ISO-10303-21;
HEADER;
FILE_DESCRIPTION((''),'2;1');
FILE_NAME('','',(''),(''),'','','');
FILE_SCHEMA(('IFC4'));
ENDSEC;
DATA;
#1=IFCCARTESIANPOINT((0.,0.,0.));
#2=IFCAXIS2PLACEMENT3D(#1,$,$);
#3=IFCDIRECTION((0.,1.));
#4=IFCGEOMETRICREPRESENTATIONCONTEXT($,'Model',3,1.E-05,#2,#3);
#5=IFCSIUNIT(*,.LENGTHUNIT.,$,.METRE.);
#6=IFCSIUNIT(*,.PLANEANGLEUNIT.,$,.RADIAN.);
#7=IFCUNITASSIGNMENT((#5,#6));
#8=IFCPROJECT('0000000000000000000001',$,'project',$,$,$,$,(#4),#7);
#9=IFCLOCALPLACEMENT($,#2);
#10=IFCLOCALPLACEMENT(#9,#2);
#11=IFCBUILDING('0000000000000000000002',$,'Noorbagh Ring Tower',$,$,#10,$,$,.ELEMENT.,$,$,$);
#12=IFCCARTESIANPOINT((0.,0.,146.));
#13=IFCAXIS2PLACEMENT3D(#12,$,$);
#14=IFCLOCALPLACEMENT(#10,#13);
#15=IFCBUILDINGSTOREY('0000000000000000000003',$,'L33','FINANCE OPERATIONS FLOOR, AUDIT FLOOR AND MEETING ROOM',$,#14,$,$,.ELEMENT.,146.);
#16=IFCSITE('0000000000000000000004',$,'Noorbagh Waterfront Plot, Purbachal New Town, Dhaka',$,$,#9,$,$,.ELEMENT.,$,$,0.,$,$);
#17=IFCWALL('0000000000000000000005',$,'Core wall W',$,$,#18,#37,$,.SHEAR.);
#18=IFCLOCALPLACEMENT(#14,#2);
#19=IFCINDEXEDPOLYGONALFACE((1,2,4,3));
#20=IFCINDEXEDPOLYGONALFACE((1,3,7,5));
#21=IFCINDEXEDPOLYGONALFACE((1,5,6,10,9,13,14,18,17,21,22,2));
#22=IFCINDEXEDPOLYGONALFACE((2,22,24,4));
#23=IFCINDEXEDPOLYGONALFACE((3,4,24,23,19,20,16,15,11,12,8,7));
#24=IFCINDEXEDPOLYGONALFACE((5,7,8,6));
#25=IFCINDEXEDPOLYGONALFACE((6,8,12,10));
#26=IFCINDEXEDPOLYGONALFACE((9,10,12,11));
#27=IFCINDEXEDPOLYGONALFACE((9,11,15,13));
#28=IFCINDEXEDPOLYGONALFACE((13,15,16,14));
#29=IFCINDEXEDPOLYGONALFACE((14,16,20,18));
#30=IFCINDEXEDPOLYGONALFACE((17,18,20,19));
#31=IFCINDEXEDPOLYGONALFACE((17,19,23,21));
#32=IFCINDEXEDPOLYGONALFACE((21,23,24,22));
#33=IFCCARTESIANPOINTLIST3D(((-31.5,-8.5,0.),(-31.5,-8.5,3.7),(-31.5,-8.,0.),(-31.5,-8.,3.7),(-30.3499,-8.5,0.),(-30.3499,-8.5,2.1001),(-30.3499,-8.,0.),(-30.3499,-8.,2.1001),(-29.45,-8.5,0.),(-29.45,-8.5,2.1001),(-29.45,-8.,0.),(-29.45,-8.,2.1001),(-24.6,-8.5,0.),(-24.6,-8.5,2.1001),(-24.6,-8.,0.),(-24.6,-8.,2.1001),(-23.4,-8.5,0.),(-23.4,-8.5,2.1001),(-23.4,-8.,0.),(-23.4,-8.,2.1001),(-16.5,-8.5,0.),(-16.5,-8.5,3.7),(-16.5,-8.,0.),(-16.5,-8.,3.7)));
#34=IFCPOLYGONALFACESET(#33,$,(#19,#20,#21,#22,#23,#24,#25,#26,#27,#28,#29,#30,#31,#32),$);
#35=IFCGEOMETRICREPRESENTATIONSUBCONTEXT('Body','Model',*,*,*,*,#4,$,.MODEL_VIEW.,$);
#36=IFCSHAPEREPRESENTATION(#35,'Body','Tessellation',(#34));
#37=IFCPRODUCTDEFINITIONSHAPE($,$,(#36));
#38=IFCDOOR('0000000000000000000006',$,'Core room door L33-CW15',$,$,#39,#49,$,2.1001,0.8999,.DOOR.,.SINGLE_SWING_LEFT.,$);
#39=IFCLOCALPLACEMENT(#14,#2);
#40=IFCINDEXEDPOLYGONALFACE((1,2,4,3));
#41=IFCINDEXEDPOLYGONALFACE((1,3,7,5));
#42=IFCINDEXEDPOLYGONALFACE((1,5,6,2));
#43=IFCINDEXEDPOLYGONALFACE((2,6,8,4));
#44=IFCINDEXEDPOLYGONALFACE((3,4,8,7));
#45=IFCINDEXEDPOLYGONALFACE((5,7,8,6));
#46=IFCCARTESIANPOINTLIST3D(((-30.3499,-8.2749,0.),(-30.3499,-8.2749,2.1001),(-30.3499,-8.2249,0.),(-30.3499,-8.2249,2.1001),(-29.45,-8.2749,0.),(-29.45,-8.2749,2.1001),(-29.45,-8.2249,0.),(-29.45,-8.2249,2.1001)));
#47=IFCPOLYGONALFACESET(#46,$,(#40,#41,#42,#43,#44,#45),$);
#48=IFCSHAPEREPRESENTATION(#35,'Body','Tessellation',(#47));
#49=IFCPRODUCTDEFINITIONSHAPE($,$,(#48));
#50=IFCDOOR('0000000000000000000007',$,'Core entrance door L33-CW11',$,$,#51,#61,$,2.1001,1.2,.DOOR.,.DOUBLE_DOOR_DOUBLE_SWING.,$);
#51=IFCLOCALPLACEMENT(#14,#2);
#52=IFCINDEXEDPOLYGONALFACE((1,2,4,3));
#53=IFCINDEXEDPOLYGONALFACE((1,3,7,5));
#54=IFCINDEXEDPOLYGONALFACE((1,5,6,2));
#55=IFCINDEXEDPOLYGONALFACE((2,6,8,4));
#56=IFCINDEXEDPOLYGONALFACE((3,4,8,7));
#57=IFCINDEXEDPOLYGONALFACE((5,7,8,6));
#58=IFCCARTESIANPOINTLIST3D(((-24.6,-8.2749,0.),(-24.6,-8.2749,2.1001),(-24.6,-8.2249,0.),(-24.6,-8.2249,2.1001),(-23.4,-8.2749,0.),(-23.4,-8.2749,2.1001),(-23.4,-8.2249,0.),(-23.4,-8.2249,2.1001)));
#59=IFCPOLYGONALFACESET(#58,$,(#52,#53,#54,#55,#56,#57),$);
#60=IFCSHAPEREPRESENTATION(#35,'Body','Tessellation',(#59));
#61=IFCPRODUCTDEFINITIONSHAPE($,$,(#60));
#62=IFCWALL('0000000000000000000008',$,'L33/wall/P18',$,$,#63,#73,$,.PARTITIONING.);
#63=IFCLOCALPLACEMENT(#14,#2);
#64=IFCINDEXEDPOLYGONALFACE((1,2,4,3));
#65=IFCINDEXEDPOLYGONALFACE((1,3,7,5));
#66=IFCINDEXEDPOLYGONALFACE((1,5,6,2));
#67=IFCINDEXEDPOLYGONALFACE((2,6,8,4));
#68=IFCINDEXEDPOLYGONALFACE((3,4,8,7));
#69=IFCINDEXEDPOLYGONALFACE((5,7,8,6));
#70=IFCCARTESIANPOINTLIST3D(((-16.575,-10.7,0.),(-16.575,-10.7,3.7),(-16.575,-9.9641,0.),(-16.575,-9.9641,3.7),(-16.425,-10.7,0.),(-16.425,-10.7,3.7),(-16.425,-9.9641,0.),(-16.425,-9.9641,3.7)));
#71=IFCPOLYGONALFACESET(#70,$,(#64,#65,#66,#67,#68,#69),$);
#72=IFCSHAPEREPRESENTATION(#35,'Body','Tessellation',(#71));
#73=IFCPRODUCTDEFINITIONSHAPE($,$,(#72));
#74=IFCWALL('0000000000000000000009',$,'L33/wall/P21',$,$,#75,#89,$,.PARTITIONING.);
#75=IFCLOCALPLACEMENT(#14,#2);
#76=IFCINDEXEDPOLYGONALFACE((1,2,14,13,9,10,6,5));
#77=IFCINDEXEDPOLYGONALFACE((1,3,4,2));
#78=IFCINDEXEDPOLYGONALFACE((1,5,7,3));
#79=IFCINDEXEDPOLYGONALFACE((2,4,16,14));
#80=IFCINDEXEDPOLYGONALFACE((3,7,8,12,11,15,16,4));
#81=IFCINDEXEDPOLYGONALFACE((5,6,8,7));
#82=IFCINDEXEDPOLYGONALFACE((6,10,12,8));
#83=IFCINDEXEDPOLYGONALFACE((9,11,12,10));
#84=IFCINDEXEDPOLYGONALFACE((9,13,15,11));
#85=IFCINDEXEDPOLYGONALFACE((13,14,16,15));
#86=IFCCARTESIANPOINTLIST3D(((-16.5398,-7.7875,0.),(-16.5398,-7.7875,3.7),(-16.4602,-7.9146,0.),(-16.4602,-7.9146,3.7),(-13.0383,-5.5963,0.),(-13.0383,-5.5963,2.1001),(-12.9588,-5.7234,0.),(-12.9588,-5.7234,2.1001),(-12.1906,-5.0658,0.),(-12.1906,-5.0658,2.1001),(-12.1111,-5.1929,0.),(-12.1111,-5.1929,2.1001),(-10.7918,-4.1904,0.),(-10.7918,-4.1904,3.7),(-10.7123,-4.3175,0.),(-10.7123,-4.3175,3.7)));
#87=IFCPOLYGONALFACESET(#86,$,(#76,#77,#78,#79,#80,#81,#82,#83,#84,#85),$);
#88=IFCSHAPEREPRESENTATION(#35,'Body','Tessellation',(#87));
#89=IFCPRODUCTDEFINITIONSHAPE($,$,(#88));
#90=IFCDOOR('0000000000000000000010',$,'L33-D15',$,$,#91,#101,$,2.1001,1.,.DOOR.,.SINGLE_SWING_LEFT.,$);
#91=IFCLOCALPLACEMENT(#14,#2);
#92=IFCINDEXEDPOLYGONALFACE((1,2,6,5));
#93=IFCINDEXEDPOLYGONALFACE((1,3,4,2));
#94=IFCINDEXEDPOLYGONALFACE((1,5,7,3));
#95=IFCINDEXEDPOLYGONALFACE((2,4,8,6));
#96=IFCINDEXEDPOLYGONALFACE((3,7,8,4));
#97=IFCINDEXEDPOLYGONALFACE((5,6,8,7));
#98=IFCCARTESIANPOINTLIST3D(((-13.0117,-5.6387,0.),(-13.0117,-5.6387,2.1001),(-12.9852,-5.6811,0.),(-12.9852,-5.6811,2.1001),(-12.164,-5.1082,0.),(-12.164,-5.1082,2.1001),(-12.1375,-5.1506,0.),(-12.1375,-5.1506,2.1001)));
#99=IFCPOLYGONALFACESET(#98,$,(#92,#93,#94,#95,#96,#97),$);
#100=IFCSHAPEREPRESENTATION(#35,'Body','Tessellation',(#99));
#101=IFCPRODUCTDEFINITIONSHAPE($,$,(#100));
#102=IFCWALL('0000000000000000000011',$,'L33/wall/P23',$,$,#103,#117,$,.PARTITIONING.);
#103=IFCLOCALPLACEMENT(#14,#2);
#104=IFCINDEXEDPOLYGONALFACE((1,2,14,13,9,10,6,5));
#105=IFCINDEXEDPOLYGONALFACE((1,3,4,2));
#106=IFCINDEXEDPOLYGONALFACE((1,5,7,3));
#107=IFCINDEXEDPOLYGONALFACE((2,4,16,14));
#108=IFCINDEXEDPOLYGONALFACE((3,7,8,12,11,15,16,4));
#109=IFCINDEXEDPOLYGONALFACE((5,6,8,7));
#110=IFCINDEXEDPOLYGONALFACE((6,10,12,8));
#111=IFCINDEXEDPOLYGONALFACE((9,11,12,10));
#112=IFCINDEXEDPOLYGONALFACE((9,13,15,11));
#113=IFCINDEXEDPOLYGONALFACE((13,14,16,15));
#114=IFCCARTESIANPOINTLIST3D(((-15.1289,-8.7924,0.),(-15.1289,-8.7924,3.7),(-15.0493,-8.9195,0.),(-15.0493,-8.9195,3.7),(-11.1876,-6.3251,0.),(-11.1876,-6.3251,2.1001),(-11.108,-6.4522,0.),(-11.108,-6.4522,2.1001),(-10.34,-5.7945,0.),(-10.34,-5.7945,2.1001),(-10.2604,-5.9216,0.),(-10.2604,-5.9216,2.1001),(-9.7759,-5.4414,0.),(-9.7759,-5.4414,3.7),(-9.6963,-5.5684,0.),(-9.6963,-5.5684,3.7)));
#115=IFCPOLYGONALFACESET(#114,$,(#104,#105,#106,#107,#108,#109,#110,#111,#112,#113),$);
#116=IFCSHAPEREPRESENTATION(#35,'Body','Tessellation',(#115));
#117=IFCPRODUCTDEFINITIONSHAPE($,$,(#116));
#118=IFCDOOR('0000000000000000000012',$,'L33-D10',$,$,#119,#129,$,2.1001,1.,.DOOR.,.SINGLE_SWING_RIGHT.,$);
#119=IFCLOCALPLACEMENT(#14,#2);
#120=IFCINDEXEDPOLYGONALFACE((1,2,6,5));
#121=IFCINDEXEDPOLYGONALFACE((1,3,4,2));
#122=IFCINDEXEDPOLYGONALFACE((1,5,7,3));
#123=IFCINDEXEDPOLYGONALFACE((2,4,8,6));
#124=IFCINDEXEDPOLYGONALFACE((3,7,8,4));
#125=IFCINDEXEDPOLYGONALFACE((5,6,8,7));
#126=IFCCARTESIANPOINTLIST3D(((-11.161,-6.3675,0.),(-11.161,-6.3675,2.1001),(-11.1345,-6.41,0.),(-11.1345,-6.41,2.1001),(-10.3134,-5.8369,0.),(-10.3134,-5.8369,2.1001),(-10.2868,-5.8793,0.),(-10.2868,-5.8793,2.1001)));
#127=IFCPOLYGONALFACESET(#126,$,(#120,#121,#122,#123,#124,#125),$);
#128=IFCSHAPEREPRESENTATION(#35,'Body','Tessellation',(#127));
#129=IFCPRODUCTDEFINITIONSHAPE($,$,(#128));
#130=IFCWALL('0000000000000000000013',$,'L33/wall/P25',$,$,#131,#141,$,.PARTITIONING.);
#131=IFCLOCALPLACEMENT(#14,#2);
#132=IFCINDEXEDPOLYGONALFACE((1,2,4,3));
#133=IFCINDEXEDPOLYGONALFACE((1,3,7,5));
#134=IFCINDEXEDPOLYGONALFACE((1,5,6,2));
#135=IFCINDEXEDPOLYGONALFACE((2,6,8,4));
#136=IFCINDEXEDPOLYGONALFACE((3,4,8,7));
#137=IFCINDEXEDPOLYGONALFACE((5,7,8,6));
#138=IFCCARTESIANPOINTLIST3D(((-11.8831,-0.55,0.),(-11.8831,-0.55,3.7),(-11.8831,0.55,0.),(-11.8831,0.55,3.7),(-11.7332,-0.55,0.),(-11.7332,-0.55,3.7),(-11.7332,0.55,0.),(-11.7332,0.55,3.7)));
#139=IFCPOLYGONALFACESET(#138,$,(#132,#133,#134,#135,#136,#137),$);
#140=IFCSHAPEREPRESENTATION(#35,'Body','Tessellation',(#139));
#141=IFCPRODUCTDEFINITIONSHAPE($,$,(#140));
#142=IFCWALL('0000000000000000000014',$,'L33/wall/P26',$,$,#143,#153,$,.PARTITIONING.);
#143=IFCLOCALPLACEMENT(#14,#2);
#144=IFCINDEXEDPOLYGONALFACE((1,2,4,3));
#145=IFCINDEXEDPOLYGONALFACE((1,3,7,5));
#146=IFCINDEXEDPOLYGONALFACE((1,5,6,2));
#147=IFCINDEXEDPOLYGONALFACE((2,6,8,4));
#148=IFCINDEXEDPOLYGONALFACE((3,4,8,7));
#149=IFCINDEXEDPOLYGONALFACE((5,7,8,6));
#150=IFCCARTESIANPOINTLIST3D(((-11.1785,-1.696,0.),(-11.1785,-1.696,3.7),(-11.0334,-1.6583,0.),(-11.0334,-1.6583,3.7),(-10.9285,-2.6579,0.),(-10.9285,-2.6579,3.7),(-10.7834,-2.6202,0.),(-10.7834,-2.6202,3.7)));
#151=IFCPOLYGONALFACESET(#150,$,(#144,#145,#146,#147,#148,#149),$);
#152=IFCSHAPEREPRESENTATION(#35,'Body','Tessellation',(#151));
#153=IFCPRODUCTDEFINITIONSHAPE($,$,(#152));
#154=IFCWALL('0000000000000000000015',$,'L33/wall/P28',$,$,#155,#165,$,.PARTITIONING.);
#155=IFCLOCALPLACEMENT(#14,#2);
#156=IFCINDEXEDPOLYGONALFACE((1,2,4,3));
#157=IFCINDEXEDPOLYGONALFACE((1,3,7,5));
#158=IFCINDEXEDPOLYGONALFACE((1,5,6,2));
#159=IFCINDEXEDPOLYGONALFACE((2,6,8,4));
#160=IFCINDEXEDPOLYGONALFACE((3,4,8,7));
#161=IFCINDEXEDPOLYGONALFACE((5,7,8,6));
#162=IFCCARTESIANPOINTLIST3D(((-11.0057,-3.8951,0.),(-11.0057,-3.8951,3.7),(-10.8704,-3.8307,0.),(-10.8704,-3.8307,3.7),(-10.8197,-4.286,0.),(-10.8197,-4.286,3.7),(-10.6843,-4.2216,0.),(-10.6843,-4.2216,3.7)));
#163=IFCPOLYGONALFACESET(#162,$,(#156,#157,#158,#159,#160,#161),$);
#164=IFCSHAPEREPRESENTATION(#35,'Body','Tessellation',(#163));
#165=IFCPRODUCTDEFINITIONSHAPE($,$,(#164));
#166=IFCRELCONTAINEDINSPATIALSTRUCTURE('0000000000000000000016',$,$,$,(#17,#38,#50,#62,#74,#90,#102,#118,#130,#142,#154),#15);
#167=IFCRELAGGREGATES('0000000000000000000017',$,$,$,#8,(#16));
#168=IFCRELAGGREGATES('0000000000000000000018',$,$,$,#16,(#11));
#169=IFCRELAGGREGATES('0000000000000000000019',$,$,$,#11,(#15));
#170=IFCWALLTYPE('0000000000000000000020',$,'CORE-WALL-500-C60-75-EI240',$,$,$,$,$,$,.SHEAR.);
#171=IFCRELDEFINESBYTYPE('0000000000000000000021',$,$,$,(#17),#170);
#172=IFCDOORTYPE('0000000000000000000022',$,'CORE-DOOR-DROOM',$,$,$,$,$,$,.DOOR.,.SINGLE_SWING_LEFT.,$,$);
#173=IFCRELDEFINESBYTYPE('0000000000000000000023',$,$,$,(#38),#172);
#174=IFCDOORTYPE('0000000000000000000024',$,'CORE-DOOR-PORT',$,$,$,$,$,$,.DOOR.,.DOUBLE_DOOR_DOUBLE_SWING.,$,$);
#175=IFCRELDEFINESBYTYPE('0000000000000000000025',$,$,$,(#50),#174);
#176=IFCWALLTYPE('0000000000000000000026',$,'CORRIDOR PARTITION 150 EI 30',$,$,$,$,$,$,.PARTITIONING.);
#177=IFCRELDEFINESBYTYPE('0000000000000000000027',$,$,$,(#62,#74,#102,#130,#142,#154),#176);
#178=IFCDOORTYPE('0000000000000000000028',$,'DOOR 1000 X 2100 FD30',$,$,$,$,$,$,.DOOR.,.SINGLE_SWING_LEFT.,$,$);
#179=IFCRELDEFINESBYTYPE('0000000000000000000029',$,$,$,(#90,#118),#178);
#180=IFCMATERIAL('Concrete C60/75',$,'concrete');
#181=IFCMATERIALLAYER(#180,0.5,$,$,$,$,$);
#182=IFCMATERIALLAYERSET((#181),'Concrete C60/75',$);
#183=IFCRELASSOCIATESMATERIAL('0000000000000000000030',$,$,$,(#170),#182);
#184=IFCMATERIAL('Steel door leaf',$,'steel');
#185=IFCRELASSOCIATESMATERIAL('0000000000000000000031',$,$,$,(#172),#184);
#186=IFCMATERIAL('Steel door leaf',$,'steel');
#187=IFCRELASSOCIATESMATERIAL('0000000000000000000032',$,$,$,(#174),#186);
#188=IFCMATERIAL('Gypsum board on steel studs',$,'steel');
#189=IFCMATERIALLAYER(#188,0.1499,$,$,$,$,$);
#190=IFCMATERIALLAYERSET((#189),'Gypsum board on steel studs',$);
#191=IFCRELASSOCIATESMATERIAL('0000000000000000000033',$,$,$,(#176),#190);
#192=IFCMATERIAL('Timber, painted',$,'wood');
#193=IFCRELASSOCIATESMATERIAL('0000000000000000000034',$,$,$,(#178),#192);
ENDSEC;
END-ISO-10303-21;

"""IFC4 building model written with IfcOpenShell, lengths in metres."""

from ifc_helpers import new_model, si_unit, direction, frame, frame_2d, origin, place, context, subcontext, project, spatial, rectangle, extrude, material, layer, layer_set, type_object, element, fill, save


model = new_model("IFC4")

# Units and contexts
model_context = context("Model", 3, precision=1e-05, world=origin(), true_north=direction((0.0, 1.0)))
body_context = subcontext(model_context, "Body", "Model", "MODEL_VIEW")
ifc_project = project(units=[si_unit("LENGTHUNIT", "METRE"), si_unit("PLANEANGLEUNIT", "RADIAN")], contexts=[model_context])

# Site, building, storey
site_placement = place(None, origin())
site = spatial("IfcSite", under=ifc_project, at=site_placement, Name="Noorbagh Waterfront Plot, Purbachal New Town, Dhaka", CompositionType="ELEMENT", RefElevation=0.0)
building_placement = place(site_placement, origin())
building = spatial("IfcBuilding", under=site, at=building_placement, Name="Noorbagh Ring Tower", CompositionType="ELEMENT")
storey_placement = place(building_placement, frame((0.0, 0.0, 146.0)))
storey = spatial("IfcBuildingStorey", under=building, at=storey_placement, Name="L33", Description="FINANCE OPERATIONS FLOOR, AUDIT FLOOR AND MEETING ROOM", CompositionType="ELEMENT", Elevation=146.0)

# Wall, openings, doors
ifc_material_1 = material(Name="Concrete C60/75", Category="concrete")
ifc_layer_1 = layer(ifc_material_1, 0.5)
ifc_layer_set_1 = layer_set([ifc_layer_1], Name="Concrete C60/75")
wall_type_1 = type_object("IfcWallType", Name="CORE-WALL-500-C60-75-EI240", PredefinedType="SHEAR", material=ifc_layer_set_1)
wall_1_placement = place(storey_placement, frame((-16.5, -8.25, 0.0), z_axis=(0.0, 0.0, 1.0), x_axis=(-1.0, 0.0, 0.0)))
wall_1 = element("IfcWall", 1, at=wall_1_placement, inside=storey, type_object=wall_type_1, Name="Core wall W", PredefinedType="SHEAR", context=body_context, shape_type="SweptSolid", body=[
    extrude(rectangle(XDim=15.0, YDim=0.5, at=frame_2d((7.5, 0.0))), origin(), (0.0, 0.0, 1.0), 3.7),
])
opening_1_placement = place(wall_1_placement, frame((6.8999, 0.0, 0.0)))
opening_1 = element("IfcOpeningElement", 2, at=opening_1_placement, cuts=wall_1, PredefinedType="OPENING", context=body_context, shape_type="SweptSolid", body=[
    extrude(rectangle(XDim=1.2, YDim=2.1001, at=frame_2d((0.6001, 1.05))), frame((0.0, 0.26, 0.0), z_axis=(0.0, -1.0, 0.0), x_axis=(1.0, 0.0, 0.0)), (0.0, 0.0, 1.0), 0.52),
])
opening_2_placement = place(wall_1_placement, frame((12.95, 0.0, 0.0)))
opening_2 = element("IfcOpeningElement", 3, at=opening_2_placement, cuts=wall_1, PredefinedType="OPENING", context=body_context, shape_type="SweptSolid", body=[
    extrude(rectangle(XDim=0.8999, YDim=2.1001, at=frame_2d((0.45, 1.05))), frame((0.0, 0.26, 0.0), z_axis=(0.0, -1.0, 0.0), x_axis=(1.0, 0.0, 0.0)), (0.0, 0.0, 1.0), 0.52),
])
ifc_material_2 = material(Name="Steel door leaf", Category="steel")
door_type_1 = type_object("IfcDoorType", Name="CORE-DOOR-DROOM", OperationType="SINGLE_SWING_LEFT", PredefinedType="DOOR", material=ifc_material_2)
door_1_placement = place(opening_2_placement, origin())
door_1 = element("IfcDoor", 4, at=door_1_placement, inside=storey, type_object=door_type_1, Name="Core room door L33-CW15", OperationType="SINGLE_SWING_LEFT", OverallHeight=2.1001, OverallWidth=0.8999, PredefinedType="DOOR", context=body_context, shape_type="SweptSolid", body=[
    extrude(rectangle(XDim=0.8999, YDim=2.1001, at=frame_2d((0.45, 1.05))), frame((0.0, 0.0249, 0.0), z_axis=(0.0, -1.0, 0.0), x_axis=(1.0, 0.0, 0.0)), (0.0, 0.0, 1.0), 0.05),
])
fill(opening_2, door_1)
ifc_material_3 = material(Name="Steel door leaf", Category="steel")
door_type_2 = type_object("IfcDoorType", Name="CORE-DOOR-PORT", OperationType="DOUBLE_DOOR_DOUBLE_SWING", PredefinedType="DOOR", material=ifc_material_3)
door_2_placement = place(opening_1_placement, origin())
door_2 = element("IfcDoor", 5, at=door_2_placement, inside=storey, type_object=door_type_2, Name="Core entrance door L33-CW11", OperationType="DOUBLE_DOOR_DOUBLE_SWING", OverallHeight=2.1001, OverallWidth=1.2, PredefinedType="DOOR", context=body_context, shape_type="SweptSolid", body=[
    extrude(rectangle(XDim=1.2, YDim=2.1001, at=frame_2d((0.6001, 1.05))), frame((0.0, 0.0249, 0.0), z_axis=(0.0, -1.0, 0.0), x_axis=(1.0, 0.0, 0.0)), (0.0, 0.0, 1.0), 0.05),
])
fill(opening_1, door_2)

# Wall
ifc_material_4 = material(Name="Gypsum board on steel studs", Category="steel")
ifc_layer_2 = layer(ifc_material_4, 0.1499)
ifc_layer_set_2 = layer_set([ifc_layer_2], Name="Gypsum board on steel studs")
wall_type_2 = type_object("IfcWallType", Name="CORRIDOR PARTITION 150 EI 30", PredefinedType="PARTITIONING", material=ifc_layer_set_2)
wall_2_placement = place(storey_placement, frame((-16.5, -10.7, 0.0), z_axis=(0.0, 0.0, 1.0), x_axis=(0.0, 1.0, 0.0)))
element("IfcWall", 6, at=wall_2_placement, inside=storey, type_object=wall_type_2, Name="L33/wall/P18", PredefinedType="PARTITIONING", context=body_context, shape_type="SweptSolid", body=[
    extrude(rectangle(XDim=0.7358, YDim=0.1499, at=frame_2d((0.3679, 0.0))), origin(), (0.0, 0.0, 1.0), 3.7),
])

# Walls, openings, doors
wall_3_placement = place(storey_placement, frame((-16.5, -7.8511, 0.0), z_axis=(0.0, 0.0, 1.0), x_axis=(0.847691, 0.530491, 0.0)))
wall_3 = element("IfcWall", 7, at=wall_3_placement, inside=storey, type_object=wall_type_2, Name="L33/wall/P21", PredefinedType="PARTITIONING", context=body_context, shape_type="SweptSolid", body=[
    extrude(rectangle(XDim=6.7808, YDim=0.1499, at=frame_2d((3.3904, 0.0))), origin(), (0.0, 0.0, 1.0), 3.7),
])
opening_3_placement = place(wall_3_placement, frame((4.1306, 0.0, 0.0)))
opening_3 = element("IfcOpeningElement", 8, at=opening_3_placement, cuts=wall_3, PredefinedType="OPENING", context=body_context, shape_type="SweptSolid", body=[
    extrude(rectangle(XDim=1.0, YDim=2.1001, at=frame_2d((0.5, 1.05))), frame((0.0, 0.085, 0.0), z_axis=(0.0, -1.0, 0.0), x_axis=(1.0, 0.0, 0.0)), (0.0, 0.0, 1.0), 0.1699),
])
ifc_material_5 = material(Name="Timber, painted", Category="wood")
door_type_3 = type_object("IfcDoorType", Name="DOOR 1000 X 2100 FD30", OperationType="SINGLE_SWING_LEFT", PredefinedType="DOOR", material=ifc_material_5)
door_3_placement = place(opening_3_placement, origin())
door_3 = element("IfcDoor", 9, at=door_3_placement, inside=storey, type_object=door_type_3, Name="L33-D15", OperationType="SINGLE_SWING_LEFT", OverallHeight=2.1001, OverallWidth=1.0, PredefinedType="DOOR", context=body_context, shape_type="SweptSolid", body=[
    extrude(rectangle(XDim=1.0, YDim=2.1001, at=frame_2d((0.5, 1.05))), frame((0.0, 0.0249, 0.0), z_axis=(0.0, -1.0, 0.0), x_axis=(1.0, 0.0, 0.0)), (0.0, 0.0, 1.0), 0.05),
])
fill(opening_3, door_3)
wall_4_placement = place(storey_placement, frame((-15.0891, -8.856, 0.0), z_axis=(0.0, 0.0, 1.0), x_axis=(0.847612, 0.530617, 0.0)))
wall_4 = element("IfcWall", 10, at=wall_4_placement, inside=storey, type_object=wall_type_2, Name="L33/wall/P23", PredefinedType="PARTITIONING", context=body_context, shape_type="SweptSolid", body=[
    extrude(rectangle(XDim=6.3154, YDim=0.1499, at=frame_2d((3.1577, 0.0))), origin(), (0.0, 0.0, 1.0), 3.7),
])
opening_4_placement = place(wall_4_placement, frame((4.6499, 0.0, 0.0)))
opening_4 = element("IfcOpeningElement", 11, at=opening_4_placement, cuts=wall_4, PredefinedType="OPENING", context=body_context, shape_type="SweptSolid", body=[
    extrude(rectangle(XDim=1.0, YDim=2.1001, at=frame_2d((0.5, 1.05))), frame((0.0, 0.085, 0.0), z_axis=(0.0, -1.0, 0.0), x_axis=(1.0, 0.0, 0.0)), (0.0, 0.0, 1.0), 0.1699),
])
door_4_placement = place(opening_4_placement, origin())
door_4 = element("IfcDoor", 12, at=door_4_placement, inside=storey, type_object=door_type_3, Name="L33-D10", OperationType="SINGLE_SWING_RIGHT", OverallHeight=2.1001, OverallWidth=1.0, PredefinedType="DOOR", context=body_context, shape_type="SweptSolid", body=[
    extrude(rectangle(XDim=1.0, YDim=2.1001, at=frame_2d((0.5, 1.05))), frame((0.0, 0.0249, 0.0), z_axis=(0.0, -1.0, 0.0), x_axis=(1.0, 0.0, 0.0)), (0.0, 0.0, 1.0), 0.05),
])
fill(opening_4, door_4)

# Walls
wall_5_placement = place(storey_placement, frame((-11.8081, -0.55, 0.0), z_axis=(0.0, 0.0, 1.0), x_axis=(0.0, 1.0, 0.0)))
element("IfcWall", 13, at=wall_5_placement, inside=storey, type_object=wall_type_2, Name="L33/wall/P25", PredefinedType="PARTITIONING", context=body_context, shape_type="SweptSolid", body=[
    extrude(rectangle(XDim=1.1001, YDim=0.1499, at=frame_2d((0.55, 0.0))), origin(), (0.0, 0.0, 1.0), 3.7),
])
wall_6_placement = place(storey_placement, frame((-11.106, -1.677, 0.0), z_axis=(0.0, 0.0, 1.0), x_axis=(0.251542, -0.967846, 0.0)))
element("IfcWall", 14, at=wall_6_placement, inside=storey, type_object=wall_type_2, Name="L33/wall/P26", PredefinedType="PARTITIONING", context=body_context, shape_type="SweptSolid", body=[
    extrude(rectangle(XDim=0.9939, YDim=0.1499, at=frame_2d((0.4971, 0.0))), origin(), (0.0, 0.0, 1.0), 3.7),
])
wall_7_placement = place(storey_placement, frame((-10.938, -3.863, 0.0), z_axis=(0.0, 0.0, 1.0), x_axis=(0.429758, -0.902944, 0.0)))
element("IfcWall", 15, at=wall_7_placement, inside=storey, type_object=wall_type_2, Name="L33/wall/P28", PredefinedType="PARTITIONING", context=body_context, shape_type="SweptSolid", body=[
    extrude(rectangle(XDim=0.4329, YDim=0.1499, at=frame_2d((0.2163, 0.0))), origin(), (0.0, 0.0, 1.0), 3.7),
])

save(model, "model.ifc")
